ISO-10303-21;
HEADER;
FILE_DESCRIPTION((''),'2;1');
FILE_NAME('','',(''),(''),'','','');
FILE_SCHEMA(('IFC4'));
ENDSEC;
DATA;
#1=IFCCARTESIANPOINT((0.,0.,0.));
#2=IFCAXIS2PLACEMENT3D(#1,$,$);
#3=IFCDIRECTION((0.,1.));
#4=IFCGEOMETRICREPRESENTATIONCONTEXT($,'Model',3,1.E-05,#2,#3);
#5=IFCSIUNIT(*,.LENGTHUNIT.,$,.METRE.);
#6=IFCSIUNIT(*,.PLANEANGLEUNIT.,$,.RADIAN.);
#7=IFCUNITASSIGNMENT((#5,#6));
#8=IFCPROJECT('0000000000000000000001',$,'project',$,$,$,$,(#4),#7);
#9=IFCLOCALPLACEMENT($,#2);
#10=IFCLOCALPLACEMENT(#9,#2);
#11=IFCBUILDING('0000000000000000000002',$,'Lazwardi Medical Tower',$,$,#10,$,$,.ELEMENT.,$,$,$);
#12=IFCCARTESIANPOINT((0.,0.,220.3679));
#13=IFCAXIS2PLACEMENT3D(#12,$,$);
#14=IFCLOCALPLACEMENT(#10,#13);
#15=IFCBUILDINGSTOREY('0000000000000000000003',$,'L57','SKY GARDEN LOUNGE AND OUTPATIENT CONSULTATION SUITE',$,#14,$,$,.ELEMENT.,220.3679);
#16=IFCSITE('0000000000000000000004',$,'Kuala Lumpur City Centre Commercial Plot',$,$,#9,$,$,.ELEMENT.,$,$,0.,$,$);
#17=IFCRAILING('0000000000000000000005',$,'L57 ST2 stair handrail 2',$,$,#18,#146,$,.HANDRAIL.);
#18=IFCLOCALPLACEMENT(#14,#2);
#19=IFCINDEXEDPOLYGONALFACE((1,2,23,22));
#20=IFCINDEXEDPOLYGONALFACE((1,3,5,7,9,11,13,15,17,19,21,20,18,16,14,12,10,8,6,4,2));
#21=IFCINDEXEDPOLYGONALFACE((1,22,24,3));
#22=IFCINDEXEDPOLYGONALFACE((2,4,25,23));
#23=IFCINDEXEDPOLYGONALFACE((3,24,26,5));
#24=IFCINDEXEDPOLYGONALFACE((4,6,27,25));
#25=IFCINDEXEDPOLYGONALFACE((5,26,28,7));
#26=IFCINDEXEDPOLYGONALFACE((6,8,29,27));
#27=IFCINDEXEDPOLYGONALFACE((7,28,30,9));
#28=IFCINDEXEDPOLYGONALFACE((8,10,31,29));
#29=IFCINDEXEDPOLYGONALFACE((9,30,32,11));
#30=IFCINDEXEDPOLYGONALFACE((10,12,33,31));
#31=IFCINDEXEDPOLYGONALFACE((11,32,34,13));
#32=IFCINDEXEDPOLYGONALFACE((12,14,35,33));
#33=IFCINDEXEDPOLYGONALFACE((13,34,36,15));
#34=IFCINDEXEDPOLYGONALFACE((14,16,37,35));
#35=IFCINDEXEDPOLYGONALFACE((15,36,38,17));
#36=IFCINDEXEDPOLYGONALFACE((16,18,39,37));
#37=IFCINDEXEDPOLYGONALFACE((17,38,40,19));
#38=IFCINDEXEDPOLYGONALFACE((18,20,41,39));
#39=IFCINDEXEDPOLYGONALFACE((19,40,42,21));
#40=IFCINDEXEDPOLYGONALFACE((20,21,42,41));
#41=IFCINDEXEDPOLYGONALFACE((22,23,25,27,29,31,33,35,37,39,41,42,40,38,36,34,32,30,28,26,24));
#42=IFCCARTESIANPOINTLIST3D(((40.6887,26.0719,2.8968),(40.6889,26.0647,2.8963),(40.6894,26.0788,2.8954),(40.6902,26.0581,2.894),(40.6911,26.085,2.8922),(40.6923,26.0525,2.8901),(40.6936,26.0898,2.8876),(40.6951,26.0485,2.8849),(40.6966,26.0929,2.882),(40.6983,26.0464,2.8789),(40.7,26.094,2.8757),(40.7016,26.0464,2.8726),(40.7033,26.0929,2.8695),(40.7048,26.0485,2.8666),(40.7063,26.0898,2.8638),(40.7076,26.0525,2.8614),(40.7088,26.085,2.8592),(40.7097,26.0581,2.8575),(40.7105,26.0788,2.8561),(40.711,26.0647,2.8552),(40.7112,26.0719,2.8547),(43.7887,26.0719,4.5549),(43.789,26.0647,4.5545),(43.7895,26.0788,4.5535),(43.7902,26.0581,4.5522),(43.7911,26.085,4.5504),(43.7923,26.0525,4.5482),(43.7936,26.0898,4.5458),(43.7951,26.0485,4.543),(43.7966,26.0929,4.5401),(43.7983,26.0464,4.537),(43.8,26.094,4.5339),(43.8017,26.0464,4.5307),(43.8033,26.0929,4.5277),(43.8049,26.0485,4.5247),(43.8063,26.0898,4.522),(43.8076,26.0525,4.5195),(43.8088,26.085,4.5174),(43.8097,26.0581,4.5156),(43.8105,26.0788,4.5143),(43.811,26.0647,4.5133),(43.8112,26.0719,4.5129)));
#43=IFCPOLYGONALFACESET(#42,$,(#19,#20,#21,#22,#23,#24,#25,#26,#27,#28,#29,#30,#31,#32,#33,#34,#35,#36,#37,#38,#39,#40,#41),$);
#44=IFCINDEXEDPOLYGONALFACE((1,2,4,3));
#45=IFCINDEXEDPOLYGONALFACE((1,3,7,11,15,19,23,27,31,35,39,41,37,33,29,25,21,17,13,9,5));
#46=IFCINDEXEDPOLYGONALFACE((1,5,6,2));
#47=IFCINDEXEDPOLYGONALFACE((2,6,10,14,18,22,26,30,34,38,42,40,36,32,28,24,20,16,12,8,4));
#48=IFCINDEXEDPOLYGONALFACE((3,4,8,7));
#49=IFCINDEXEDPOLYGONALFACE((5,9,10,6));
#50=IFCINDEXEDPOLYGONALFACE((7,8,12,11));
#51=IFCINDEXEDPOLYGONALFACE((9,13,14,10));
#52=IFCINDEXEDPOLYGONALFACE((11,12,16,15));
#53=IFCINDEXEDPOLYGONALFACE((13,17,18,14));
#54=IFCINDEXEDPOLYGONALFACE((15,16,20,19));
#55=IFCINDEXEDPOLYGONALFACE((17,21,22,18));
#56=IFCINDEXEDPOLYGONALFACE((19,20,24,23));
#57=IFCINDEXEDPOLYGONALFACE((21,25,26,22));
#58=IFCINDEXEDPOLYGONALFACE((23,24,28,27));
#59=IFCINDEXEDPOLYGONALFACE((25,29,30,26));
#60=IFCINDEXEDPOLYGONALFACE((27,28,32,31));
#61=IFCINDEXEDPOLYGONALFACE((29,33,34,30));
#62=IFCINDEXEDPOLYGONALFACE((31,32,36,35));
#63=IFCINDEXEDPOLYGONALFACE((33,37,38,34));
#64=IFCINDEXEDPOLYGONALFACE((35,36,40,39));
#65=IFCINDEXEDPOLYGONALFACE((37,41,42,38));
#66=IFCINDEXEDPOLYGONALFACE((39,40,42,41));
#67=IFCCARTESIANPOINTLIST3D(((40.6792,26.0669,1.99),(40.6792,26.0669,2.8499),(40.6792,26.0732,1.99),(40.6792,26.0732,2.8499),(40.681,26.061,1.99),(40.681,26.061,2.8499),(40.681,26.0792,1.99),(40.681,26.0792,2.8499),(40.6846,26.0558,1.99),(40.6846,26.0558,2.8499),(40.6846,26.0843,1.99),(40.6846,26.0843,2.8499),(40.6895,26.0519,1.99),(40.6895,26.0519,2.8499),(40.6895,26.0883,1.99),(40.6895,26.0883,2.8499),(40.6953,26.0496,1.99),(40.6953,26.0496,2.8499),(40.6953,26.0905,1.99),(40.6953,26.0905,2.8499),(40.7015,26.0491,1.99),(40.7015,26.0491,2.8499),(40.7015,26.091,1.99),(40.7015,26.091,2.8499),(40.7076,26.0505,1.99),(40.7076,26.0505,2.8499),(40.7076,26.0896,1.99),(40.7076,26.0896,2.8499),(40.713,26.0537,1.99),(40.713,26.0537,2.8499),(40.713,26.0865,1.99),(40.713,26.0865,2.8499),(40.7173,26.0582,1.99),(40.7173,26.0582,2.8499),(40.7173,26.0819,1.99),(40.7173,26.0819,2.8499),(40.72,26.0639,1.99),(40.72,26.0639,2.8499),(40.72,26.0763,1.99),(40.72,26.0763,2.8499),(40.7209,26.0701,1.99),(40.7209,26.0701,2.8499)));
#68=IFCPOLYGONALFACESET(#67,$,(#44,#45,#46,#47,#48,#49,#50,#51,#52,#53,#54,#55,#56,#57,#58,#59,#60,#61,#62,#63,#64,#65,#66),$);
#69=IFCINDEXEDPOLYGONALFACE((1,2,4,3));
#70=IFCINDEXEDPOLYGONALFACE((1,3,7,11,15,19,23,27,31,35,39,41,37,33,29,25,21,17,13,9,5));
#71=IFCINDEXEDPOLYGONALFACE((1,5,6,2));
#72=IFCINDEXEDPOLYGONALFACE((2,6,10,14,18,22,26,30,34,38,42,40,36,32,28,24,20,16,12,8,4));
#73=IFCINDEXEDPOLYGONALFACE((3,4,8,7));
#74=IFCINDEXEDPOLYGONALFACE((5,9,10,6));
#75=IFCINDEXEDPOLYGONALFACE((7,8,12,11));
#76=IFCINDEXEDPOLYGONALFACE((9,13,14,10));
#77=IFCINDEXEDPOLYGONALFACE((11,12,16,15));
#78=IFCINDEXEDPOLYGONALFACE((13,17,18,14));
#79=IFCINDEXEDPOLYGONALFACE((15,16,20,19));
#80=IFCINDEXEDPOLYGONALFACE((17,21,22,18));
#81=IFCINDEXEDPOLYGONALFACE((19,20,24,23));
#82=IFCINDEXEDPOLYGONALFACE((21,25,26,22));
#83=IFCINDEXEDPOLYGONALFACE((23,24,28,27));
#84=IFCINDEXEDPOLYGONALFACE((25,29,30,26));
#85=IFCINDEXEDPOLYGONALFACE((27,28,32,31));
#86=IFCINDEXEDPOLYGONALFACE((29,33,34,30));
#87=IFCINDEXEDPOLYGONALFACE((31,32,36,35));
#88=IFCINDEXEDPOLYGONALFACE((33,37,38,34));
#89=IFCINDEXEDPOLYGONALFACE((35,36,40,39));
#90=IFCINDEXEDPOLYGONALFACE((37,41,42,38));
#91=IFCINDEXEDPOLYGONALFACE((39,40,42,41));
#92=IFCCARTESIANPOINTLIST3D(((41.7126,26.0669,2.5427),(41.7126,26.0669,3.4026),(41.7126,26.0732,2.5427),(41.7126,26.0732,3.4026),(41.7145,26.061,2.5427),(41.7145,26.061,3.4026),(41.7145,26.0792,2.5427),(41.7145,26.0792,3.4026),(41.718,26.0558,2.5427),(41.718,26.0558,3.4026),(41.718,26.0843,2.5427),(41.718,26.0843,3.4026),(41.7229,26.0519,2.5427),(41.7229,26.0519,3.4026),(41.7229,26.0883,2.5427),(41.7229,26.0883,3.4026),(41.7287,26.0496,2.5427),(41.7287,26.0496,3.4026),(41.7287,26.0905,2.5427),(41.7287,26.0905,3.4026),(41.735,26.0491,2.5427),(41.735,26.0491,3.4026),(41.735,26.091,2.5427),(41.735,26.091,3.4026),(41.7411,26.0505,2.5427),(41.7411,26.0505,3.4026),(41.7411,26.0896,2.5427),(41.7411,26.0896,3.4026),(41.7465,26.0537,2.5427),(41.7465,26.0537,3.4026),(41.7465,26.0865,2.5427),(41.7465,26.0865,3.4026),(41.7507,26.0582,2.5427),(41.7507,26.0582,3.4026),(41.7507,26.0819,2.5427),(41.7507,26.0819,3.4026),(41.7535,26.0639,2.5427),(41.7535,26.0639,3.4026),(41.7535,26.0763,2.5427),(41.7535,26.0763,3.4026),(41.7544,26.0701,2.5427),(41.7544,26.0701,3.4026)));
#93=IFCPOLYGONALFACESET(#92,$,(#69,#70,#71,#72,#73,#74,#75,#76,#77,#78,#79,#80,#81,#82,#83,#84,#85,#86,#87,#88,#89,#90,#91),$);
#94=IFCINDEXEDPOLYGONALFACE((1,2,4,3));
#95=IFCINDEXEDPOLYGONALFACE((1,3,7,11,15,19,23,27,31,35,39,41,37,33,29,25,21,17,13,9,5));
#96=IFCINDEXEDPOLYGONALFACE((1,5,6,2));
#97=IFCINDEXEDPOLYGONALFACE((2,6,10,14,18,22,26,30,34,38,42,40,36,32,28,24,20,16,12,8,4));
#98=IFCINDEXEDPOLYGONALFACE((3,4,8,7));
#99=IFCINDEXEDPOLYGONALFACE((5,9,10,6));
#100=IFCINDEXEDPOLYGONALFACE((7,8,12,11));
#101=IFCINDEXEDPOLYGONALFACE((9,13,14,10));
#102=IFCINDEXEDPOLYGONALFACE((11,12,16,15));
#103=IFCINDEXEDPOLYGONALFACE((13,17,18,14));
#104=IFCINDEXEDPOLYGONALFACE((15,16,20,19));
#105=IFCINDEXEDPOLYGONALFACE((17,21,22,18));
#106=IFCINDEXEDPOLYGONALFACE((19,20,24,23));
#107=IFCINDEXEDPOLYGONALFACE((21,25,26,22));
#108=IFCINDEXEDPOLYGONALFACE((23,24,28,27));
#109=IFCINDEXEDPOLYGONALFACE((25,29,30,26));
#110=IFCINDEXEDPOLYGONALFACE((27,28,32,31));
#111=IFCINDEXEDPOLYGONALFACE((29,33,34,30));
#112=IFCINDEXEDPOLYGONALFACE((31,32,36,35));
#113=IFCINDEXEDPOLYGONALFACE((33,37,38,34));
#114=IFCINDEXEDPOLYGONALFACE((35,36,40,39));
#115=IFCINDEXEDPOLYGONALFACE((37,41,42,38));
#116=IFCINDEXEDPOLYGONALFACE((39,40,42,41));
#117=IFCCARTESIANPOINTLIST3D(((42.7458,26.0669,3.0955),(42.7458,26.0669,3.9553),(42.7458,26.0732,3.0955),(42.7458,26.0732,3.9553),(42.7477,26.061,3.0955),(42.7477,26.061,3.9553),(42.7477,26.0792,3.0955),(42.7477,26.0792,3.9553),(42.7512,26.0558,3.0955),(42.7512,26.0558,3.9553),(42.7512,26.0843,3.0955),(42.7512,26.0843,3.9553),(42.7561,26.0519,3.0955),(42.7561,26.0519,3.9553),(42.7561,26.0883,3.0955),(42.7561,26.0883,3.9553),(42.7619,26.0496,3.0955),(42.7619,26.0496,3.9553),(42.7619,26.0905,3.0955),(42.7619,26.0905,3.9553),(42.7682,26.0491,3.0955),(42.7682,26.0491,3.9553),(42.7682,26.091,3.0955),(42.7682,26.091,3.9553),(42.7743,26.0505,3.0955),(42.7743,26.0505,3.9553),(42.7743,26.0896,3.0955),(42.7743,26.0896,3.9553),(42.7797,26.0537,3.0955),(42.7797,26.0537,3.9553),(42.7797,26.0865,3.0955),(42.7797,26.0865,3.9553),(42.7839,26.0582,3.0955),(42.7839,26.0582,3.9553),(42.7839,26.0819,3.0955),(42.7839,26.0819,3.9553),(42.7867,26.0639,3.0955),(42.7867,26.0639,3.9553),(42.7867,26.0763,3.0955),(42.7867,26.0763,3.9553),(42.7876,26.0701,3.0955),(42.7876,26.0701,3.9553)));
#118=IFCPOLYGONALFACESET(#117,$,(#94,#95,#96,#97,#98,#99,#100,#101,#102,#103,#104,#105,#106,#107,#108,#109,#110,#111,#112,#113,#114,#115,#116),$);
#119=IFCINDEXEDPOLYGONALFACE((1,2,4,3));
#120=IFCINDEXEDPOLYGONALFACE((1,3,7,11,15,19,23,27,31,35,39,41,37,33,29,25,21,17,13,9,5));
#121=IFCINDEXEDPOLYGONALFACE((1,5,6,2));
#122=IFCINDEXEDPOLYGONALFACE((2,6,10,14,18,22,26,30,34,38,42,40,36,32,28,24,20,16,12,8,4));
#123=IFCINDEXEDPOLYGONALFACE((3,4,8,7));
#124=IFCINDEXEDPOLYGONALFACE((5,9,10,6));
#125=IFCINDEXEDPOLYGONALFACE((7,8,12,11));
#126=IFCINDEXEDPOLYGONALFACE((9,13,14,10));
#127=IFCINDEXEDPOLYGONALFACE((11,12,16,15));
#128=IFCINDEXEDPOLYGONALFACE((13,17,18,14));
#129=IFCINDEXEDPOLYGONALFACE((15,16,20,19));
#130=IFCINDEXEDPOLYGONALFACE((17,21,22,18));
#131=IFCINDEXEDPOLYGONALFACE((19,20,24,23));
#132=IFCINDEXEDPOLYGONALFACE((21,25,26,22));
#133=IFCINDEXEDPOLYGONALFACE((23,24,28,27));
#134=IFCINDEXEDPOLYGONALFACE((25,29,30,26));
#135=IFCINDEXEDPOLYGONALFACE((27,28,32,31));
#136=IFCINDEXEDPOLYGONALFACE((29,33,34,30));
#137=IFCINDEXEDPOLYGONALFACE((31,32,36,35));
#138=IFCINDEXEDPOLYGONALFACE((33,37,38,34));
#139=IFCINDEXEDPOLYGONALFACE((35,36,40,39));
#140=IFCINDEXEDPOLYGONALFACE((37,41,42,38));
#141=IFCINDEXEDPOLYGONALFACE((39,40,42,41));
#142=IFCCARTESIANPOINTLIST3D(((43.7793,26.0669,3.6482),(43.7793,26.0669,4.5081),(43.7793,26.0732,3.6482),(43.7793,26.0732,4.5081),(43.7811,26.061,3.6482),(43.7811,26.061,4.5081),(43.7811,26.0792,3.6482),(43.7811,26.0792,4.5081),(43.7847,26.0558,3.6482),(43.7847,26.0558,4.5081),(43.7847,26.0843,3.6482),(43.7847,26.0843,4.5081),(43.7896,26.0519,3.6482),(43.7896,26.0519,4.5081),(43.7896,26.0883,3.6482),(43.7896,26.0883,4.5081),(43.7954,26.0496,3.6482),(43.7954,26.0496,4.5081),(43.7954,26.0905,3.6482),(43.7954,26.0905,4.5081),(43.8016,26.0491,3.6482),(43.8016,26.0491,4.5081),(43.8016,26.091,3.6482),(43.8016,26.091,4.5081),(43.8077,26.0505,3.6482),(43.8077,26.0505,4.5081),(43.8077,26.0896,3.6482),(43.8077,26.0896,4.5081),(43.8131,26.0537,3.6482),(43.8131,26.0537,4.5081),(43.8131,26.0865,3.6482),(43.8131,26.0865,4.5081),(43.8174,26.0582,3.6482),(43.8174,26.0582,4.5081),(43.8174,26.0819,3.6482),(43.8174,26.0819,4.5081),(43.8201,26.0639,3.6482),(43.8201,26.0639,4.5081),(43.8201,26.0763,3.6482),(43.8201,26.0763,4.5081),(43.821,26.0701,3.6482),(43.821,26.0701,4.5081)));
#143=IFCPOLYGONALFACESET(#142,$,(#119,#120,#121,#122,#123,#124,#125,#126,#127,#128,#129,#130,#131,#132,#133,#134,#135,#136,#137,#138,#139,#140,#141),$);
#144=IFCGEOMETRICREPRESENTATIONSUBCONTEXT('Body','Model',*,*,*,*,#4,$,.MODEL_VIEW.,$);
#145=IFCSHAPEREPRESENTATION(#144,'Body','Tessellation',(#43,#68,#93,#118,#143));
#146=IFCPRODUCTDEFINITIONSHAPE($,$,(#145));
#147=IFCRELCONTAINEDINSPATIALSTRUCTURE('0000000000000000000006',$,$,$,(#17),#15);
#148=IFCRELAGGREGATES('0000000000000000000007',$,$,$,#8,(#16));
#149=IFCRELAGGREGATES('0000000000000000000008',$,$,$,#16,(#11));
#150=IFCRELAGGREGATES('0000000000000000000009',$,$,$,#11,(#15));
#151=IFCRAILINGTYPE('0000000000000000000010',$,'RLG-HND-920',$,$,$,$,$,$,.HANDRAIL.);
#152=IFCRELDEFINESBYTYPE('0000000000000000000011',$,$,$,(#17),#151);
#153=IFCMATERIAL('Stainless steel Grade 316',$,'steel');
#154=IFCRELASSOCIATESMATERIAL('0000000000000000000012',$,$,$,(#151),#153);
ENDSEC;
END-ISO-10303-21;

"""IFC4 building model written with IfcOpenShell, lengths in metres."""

from ifc_helpers import new_model, si_unit, direction, frame, origin, origin_2d, place, context, subcontext, project, spatial, circle, extrude, material, type_object, element, save


model = new_model("IFC4")

# Units and contexts
model_context = context("Model", 3, precision=1e-05, world=origin(), true_north=direction((0.0, 1.0)))
body_context = subcontext(model_context, "Body", "Model", "MODEL_VIEW")
ifc_project = project(units=[si_unit("LENGTHUNIT", "METRE"), si_unit("PLANEANGLEUNIT", "RADIAN")], contexts=[model_context])

# Site, building, storey
site_placement = place(None, origin())
site = spatial("IfcSite", under=ifc_project, at=site_placement, Name="Kuala Lumpur City Centre Commercial Plot", CompositionType="ELEMENT", RefElevation=0.0)
building_placement = place(site_placement, origin())
building = spatial("IfcBuilding", under=site, at=building_placement, Name="Lazwardi Medical Tower", CompositionType="ELEMENT")
storey_placement = place(building_placement, frame((0.0, 0.0, 220.3679)))
storey = spatial("IfcBuildingStorey", under=building, at=storey_placement, Name="L57", Description="SKY GARDEN LOUNGE AND OUTPATIENT CONSULTATION SUITE", CompositionType="ELEMENT", Elevation=220.3679)

# Railing
ifc_material_1 = material(Name="Stainless steel Grade 316", Category="steel")
railing_type_1 = type_object("IfcRailingType", Name="RLG-HND-920", PredefinedType="HANDRAIL", material=ifc_material_1)
railing_1_placement = place(storey_placement, frame((40.7, 26.0701, 1.99)))
element("IfcRailing", 1, at=railing_1_placement, inside=storey, type_object=railing_type_1, Name="L57 ST2 stair handrail 2", PredefinedType="HANDRAIL", context=body_context, shape_type="SweptSolid", body=[
    extrude(circle(Radius=0.0239, at=origin_2d()), frame((0.0, 0.0, 0.8857), z_axis=(0.881783, 0.0, 0.471655), x_axis=(0.0, 1.0, 0.0)), (0.0, 0.0, 1.0), 3.5156),
    extrude(circle(Radius=0.021, at=origin_2d()), origin(), (0.0, 0.0, 1.0), 0.8599),
    extrude(circle(Radius=0.021, at=origin_2d()), frame((1.0334, 0.0, 0.5527)), (0.0, 0.0, 1.0), 0.8599),
    extrude(circle(Radius=0.021, at=origin_2d()), frame((2.0667, 0.0, 1.1055)), (0.0, 0.0, 1.0), 0.8599),
    extrude(circle(Radius=0.021, at=origin_2d()), frame((3.1001, 0.0, 1.6582)), (0.0, 0.0, 1.0), 0.8599),
])

save(model, "model.ifc")
